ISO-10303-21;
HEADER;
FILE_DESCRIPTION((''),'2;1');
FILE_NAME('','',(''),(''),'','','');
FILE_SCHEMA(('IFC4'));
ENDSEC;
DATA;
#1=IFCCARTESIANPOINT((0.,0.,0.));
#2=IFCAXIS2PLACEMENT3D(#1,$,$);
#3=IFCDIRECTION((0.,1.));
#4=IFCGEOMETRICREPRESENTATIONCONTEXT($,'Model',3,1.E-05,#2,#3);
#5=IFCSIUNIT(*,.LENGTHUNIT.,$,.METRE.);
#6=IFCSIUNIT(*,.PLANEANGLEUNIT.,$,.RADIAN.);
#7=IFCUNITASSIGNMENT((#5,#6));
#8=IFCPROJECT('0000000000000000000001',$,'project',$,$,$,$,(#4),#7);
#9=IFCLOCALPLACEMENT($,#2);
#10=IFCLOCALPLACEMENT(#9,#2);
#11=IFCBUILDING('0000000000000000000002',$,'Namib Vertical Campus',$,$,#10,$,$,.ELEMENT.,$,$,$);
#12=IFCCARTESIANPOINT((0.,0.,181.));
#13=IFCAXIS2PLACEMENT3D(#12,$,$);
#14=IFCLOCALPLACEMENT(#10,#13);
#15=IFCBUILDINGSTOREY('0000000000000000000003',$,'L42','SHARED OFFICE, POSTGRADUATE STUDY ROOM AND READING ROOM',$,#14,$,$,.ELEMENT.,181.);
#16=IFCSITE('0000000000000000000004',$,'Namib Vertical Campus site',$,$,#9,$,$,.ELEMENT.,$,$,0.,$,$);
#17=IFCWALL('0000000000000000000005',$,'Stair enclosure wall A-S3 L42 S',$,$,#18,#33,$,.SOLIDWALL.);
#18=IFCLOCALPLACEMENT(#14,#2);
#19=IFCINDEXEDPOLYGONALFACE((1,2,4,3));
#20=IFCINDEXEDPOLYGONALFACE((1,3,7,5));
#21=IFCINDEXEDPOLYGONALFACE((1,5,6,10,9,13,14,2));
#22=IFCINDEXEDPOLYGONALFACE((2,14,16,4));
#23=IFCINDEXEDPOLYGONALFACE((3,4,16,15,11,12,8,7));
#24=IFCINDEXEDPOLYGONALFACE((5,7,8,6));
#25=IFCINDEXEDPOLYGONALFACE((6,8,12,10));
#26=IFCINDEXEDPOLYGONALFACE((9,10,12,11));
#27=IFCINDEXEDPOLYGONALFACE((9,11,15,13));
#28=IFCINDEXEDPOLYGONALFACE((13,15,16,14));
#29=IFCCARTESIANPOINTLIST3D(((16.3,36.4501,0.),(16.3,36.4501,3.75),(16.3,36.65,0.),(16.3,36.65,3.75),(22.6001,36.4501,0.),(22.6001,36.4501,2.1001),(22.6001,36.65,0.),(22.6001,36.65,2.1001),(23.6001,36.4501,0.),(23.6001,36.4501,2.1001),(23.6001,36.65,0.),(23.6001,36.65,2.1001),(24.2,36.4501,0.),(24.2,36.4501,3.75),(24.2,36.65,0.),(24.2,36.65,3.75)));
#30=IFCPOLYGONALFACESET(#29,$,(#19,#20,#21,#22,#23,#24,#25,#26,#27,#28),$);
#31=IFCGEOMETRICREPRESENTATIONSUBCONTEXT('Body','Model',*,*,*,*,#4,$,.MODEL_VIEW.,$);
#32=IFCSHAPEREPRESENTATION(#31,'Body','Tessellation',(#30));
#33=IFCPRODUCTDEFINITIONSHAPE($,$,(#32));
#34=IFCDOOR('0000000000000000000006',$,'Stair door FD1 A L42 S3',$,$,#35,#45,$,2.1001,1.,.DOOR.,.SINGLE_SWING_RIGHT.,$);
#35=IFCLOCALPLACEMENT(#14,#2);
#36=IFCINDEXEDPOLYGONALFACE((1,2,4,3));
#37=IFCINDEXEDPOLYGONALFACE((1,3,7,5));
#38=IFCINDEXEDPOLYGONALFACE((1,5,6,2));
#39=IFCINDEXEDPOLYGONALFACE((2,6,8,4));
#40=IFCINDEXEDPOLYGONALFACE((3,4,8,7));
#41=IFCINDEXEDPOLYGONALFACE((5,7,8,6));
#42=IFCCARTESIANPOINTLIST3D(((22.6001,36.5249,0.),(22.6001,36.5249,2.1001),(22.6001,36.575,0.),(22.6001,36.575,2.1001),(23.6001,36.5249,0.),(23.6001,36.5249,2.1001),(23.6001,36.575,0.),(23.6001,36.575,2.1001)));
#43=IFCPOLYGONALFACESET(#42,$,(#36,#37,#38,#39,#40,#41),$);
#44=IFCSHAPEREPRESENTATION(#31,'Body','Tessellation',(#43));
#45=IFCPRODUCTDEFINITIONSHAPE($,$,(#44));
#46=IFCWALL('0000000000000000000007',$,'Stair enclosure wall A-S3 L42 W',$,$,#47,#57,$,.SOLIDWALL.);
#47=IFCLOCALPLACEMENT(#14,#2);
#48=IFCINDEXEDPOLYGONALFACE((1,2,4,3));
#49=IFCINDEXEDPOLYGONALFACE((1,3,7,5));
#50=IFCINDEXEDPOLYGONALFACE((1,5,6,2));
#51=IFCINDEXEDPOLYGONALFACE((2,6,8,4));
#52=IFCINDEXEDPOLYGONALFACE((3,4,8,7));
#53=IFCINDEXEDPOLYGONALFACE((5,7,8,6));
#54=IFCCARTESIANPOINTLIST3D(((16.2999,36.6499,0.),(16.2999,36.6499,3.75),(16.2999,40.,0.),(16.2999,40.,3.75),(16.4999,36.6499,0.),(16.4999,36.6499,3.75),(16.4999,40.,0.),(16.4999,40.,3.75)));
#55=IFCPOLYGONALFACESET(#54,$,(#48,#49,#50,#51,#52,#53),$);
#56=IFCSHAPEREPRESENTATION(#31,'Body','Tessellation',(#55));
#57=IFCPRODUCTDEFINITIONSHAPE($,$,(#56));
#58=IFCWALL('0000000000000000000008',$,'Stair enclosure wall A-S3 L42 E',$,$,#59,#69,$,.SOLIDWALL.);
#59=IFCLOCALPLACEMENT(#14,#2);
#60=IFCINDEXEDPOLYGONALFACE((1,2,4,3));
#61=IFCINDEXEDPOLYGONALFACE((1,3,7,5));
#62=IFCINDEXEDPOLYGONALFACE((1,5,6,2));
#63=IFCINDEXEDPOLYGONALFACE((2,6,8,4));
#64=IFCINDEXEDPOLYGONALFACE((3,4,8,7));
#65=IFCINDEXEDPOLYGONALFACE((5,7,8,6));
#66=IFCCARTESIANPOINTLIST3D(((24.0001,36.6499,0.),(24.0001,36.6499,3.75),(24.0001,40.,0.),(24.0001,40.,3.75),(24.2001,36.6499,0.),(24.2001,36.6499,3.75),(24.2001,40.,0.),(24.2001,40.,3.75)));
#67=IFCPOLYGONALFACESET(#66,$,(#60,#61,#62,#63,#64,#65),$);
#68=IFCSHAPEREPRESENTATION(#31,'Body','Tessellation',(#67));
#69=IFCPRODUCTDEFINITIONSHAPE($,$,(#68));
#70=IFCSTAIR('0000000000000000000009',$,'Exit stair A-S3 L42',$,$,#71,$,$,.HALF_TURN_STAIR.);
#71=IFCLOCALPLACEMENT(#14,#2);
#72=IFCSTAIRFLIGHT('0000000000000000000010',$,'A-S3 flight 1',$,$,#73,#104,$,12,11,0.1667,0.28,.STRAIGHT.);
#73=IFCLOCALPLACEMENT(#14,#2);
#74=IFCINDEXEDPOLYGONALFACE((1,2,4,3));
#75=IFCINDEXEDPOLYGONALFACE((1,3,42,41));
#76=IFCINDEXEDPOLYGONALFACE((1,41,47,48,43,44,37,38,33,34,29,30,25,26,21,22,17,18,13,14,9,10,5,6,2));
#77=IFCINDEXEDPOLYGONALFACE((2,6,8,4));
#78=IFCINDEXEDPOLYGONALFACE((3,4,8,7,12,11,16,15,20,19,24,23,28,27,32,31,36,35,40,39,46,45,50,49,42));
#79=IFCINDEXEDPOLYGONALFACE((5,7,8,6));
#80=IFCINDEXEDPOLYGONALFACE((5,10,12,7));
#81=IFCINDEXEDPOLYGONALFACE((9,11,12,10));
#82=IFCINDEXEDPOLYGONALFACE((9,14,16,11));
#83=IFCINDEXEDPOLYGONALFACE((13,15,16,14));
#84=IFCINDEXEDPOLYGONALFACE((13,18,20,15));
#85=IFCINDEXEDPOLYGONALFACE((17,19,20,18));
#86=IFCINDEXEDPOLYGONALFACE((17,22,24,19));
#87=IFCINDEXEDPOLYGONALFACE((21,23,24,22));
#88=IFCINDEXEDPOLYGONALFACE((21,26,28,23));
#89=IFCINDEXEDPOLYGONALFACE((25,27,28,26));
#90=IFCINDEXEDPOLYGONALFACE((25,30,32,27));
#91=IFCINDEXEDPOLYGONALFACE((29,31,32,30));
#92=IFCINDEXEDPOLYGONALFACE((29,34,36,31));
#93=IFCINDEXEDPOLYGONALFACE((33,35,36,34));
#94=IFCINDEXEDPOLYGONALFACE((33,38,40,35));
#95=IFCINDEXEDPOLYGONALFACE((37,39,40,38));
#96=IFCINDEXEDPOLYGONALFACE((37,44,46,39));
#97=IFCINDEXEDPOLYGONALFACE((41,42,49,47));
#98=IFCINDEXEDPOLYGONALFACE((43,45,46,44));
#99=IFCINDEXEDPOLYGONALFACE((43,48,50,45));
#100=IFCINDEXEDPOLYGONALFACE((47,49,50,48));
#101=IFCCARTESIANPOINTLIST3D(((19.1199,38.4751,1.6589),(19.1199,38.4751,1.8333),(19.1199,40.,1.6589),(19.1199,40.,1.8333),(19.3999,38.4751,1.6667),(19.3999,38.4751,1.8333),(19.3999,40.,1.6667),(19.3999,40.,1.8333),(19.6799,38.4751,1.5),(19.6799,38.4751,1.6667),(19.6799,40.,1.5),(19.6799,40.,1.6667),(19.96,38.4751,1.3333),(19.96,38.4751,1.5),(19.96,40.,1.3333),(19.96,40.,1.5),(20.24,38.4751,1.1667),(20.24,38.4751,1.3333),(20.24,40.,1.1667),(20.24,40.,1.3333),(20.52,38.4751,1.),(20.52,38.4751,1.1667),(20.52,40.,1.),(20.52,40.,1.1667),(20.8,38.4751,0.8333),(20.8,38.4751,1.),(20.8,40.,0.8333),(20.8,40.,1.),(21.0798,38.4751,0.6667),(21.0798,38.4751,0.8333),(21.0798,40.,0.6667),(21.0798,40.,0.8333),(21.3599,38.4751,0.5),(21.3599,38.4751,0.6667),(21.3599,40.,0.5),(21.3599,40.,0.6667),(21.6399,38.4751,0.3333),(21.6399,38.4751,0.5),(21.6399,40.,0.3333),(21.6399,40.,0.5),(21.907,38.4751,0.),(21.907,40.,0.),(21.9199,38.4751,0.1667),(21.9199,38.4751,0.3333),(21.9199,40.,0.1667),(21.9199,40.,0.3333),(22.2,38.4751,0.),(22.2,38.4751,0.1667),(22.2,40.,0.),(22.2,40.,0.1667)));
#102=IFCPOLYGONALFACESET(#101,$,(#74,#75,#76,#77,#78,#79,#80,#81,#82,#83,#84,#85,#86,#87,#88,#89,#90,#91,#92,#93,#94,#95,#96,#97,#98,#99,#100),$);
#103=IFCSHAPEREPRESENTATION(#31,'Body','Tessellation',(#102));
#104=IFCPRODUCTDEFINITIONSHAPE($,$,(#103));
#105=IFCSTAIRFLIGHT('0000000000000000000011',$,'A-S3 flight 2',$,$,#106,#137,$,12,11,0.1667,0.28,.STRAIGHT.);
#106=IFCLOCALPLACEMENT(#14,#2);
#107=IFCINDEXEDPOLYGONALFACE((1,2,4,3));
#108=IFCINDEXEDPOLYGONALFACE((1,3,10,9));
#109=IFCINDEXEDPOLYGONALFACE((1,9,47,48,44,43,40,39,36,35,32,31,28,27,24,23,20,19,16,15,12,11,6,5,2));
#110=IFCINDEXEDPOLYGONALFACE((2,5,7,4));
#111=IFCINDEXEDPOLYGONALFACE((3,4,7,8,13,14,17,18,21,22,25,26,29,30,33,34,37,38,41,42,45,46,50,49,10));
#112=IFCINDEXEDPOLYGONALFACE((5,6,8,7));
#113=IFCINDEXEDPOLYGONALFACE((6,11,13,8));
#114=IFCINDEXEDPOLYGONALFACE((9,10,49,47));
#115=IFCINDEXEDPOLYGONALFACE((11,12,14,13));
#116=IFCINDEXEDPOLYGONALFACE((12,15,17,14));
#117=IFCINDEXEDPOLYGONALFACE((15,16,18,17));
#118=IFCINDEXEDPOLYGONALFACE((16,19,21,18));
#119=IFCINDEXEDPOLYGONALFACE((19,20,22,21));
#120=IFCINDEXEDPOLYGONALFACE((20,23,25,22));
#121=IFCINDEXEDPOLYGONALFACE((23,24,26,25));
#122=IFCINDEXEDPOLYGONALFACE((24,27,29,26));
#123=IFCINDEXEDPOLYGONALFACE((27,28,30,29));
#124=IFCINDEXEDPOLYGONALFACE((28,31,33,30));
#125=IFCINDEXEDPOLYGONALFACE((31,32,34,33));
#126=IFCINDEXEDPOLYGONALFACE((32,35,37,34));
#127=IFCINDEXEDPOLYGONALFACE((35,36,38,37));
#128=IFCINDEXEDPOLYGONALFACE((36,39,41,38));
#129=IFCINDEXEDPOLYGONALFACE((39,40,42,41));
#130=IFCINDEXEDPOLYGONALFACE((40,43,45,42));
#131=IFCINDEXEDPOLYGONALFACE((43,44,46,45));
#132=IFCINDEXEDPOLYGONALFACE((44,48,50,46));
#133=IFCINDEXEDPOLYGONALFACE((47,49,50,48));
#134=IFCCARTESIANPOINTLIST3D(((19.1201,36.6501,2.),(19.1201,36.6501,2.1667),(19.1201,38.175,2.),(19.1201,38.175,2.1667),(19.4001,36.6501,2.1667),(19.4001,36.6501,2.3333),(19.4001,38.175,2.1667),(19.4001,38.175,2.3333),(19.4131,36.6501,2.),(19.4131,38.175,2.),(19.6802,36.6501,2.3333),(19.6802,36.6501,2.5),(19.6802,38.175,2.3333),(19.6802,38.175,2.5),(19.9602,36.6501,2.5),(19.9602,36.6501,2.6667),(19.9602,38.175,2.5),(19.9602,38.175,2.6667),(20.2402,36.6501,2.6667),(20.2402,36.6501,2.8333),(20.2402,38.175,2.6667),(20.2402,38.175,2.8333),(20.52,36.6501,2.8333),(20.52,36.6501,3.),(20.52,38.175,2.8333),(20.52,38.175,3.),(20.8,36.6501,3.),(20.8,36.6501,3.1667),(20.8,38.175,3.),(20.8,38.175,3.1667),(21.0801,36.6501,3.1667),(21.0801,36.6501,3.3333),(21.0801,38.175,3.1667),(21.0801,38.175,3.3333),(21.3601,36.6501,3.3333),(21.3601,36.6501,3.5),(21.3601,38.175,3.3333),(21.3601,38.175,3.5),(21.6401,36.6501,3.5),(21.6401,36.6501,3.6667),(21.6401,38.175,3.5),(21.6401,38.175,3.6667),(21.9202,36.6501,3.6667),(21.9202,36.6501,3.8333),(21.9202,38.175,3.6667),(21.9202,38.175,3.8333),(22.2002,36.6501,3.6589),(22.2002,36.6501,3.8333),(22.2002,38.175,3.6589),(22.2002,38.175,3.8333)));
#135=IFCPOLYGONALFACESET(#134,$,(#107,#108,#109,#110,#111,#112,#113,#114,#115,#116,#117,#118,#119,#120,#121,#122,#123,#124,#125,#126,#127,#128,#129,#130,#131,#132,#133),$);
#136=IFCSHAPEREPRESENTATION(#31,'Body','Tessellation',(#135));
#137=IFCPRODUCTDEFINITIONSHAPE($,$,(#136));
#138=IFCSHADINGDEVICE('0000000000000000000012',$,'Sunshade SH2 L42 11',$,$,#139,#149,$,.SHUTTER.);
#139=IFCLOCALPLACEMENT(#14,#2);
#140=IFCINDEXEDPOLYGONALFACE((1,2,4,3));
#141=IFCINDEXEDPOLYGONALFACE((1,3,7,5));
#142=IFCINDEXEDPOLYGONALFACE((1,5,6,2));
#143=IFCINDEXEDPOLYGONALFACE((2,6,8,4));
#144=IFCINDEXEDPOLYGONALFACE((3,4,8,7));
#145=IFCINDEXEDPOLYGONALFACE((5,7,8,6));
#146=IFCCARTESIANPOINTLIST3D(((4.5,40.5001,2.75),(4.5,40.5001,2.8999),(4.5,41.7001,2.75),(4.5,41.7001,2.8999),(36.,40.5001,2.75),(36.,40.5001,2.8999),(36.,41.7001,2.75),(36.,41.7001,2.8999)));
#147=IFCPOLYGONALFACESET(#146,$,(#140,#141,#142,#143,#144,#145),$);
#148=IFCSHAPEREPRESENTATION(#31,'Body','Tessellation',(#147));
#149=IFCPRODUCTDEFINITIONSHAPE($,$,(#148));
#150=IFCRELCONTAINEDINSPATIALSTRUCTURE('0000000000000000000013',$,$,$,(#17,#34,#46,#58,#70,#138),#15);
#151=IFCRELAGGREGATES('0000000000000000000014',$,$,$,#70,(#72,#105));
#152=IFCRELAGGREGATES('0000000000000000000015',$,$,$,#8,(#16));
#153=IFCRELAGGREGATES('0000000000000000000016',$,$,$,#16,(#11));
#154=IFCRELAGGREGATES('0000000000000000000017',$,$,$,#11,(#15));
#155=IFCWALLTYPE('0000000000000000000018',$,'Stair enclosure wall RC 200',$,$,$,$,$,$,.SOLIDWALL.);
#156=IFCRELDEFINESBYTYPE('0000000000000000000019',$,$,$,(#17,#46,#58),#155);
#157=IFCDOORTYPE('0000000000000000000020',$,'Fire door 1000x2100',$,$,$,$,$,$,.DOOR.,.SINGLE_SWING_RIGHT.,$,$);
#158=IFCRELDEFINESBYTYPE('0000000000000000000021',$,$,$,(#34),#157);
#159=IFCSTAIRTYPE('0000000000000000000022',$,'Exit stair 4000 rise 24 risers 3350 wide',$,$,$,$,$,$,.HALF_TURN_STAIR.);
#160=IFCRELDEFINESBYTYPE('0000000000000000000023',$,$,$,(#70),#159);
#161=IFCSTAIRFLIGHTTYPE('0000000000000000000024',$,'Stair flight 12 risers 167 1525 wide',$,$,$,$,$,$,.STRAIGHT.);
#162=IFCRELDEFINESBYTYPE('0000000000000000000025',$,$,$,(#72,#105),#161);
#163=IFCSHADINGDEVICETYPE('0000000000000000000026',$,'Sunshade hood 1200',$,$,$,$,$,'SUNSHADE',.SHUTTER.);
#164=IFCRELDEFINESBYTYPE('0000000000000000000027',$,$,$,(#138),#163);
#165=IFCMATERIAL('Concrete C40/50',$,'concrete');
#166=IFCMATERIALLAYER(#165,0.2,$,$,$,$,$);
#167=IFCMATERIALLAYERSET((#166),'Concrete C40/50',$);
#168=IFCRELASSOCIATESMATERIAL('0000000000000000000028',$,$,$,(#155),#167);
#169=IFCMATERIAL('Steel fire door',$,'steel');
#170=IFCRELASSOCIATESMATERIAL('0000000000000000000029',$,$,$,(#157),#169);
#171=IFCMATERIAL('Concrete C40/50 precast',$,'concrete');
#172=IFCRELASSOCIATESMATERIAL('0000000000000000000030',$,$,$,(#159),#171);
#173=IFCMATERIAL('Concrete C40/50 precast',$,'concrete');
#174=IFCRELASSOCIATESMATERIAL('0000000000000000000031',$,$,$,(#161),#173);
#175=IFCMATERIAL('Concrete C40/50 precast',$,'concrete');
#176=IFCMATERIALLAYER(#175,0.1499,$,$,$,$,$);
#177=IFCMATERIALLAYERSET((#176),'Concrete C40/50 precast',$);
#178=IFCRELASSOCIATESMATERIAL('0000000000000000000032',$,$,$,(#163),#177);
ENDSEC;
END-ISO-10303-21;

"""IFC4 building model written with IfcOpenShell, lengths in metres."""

from ifc_helpers import new_model, si_unit, direction, frame, frame_2d, origin, origin_2d, place, context, subcontext, project, spatial, polyline, rectangle, outline, extrude, material, layer, layer_set, type_object, element, fill, aggregate, save


model = new_model("IFC4")

# Units and contexts
model_context = context("Model", 3, precision=1e-05, world=origin(), true_north=direction((0.0, 1.0)))
body_context = subcontext(model_context, "Body", "Model", "MODEL_VIEW")
ifc_project = project(units=[si_unit("LENGTHUNIT", "METRE"), si_unit("PLANEANGLEUNIT", "RADIAN")], contexts=[model_context])

# Site, building, storey
site_placement = place(None, origin())
site = spatial("IfcSite", under=ifc_project, at=site_placement, Name="Namib Vertical Campus site", CompositionType="ELEMENT", RefElevation=0.0)
building_placement = place(site_placement, origin())
building = spatial("IfcBuilding", under=site, at=building_placement, Name="Namib Vertical Campus", CompositionType="ELEMENT")
storey_placement = place(building_placement, frame((0.0, 0.0, 181.0)))
storey = spatial("IfcBuildingStorey", under=building, at=storey_placement, Name="L42", Description="SHARED OFFICE, POSTGRADUATE STUDY ROOM AND READING ROOM", CompositionType="ELEMENT", Elevation=181.0)

# Wall, opening, door
ifc_material_1 = material(Name="Concrete C40/50", Category="concrete")
ifc_layer_1 = layer(ifc_material_1, 0.2)
ifc_layer_set_1 = layer_set([ifc_layer_1], Name="Concrete C40/50")
wall_type_1 = type_object("IfcWallType", Name="Stair enclosure wall RC 200", PredefinedType="SOLIDWALL", material=ifc_layer_set_1)
wall_1_placement = place(storey_placement, frame((16.3, 36.55, 0.0), z_axis=(0.0, 0.0, 1.0), x_axis=(1.0, 0.0, 0.0)))
wall_1 = element("IfcWall", 1, at=wall_1_placement, inside=storey, type_object=wall_type_1, Name="Stair enclosure wall A-S3 L42 S", PredefinedType="SOLIDWALL", context=body_context, shape_type="SweptSolid", body=[
    extrude(rectangle(XDim=7.8999, YDim=0.2, at=frame_2d((3.95, 0.0))), origin(), (0.0, 0.0, 1.0), 3.75),
])
opening_placement = place(wall_1_placement, frame((6.3, 0.0, 0.0)))
opening = element("IfcOpeningElement", 2, at=opening_placement, cuts=wall_1, PredefinedType="OPENING", context=body_context, shape_type="SweptSolid", body=[
    extrude(rectangle(XDim=1.0, YDim=2.1001, at=frame_2d((0.5, 1.05))), frame((0.0, 0.1099, 0.0), z_axis=(0.0, -1.0, 0.0), x_axis=(1.0, 0.0, 0.0)), (0.0, 0.0, 1.0), 0.22),
])
ifc_material_2 = material(Name="Steel fire door", Category="steel")
door_type = type_object("IfcDoorType", Name="Fire door 1000x2100", OperationType="SINGLE_SWING_RIGHT", PredefinedType="DOOR", material=ifc_material_2)
door_placement = place(opening_placement, origin())
door = element("IfcDoor", 3, at=door_placement, inside=storey, type_object=door_type, Name="Stair door FD1 A L42 S3", OperationType="SINGLE_SWING_RIGHT", OverallHeight=2.1001, OverallWidth=1.0, PredefinedType="DOOR", context=body_context, shape_type="SweptSolid", body=[
    extrude(rectangle(XDim=1.0, YDim=2.1001, at=frame_2d((0.5, 1.05))), frame((0.0, 0.0249, 0.0), z_axis=(0.0, -1.0, 0.0), x_axis=(1.0, 0.0, 0.0)), (0.0, 0.0, 1.0), 0.05),
])
fill(opening, door)

# Walls
for number, where, z_axis, x_axis, name in (
    (4, (16.3999, 36.6499, 0.0), (0.0, 0.0, 1.0), (0.0, 1.0, 0.0), "Stair enclosure wall A-S3 L42 W"),
    (5, (24.1001, 36.6499, 0.0), (0.0, 0.0, 1.0), (0.0, 1.0, 0.0), "Stair enclosure wall A-S3 L42 E"),
):
    element("IfcWall", number, at=place(storey_placement, frame(where, z_axis=z_axis, x_axis=x_axis)), inside=storey, type_object=wall_type_1, Name=name, PredefinedType="SOLIDWALL", context=body_context, shape_type="SweptSolid", body=[
        extrude(rectangle(XDim=3.3501, YDim=0.2, at=frame_2d((1.675, 0.0))), origin(), (0.0, 0.0, 1.0), 3.75),
    ])

# Stair, stair flights
ifc_material_3 = material(Name="Concrete C40/50 precast", Category="concrete")
stair_type = type_object("IfcStairType", Name="Exit stair 4000 rise 24 risers 3350 wide", PredefinedType="HALF_TURN_STAIR", material=ifc_material_3)
stair_placement = place(storey_placement, origin())
stair = element("IfcStair", 6, at=stair_placement, inside=storey, type_object=stair_type, Name="Exit stair A-S3 L42", PredefinedType="HALF_TURN_STAIR")
ifc_material_4 = material(Name="Concrete C40/50 precast", Category="concrete")
stair_flight_type = type_object("IfcStairFlightType", Name="Stair flight 12 risers 167 1525 wide", PredefinedType="STRAIGHT", material=ifc_material_4)
stair_flight_1_placement = place(storey_placement, frame((22.2, 39.2375, 0.0), z_axis=(0.0, 0.0, 1.0), x_axis=(-1.0, 0.0, 0.0)))
stair_flight_1 = element("IfcStairFlight", 7, at=stair_flight_1_placement, type_object=stair_flight_type, Name="A-S3 flight 1", NumberOfRisers=12, NumberOfTreads=11, PredefinedType="STRAIGHT", RiserHeight=0.1667, TreadLength=0.28, context=body_context, shape_type="SweptSolid", body=[
    extrude(outline(polyline([(0.0, 0.0), (0.0, 0.1667), (0.28, 0.1667), (0.28, 0.3333), (0.5601, 0.3333), (0.5601, 0.5), (0.8401, 0.5), (0.8401, 0.6667), (1.1201, 0.6667), (1.1201, 0.8333), (1.3999, 0.8333), (1.3999, 1.0), (1.6799, 1.0), (1.6799, 1.1667), (1.96, 1.1667), (1.96, 1.3333), (2.24, 1.3333), (2.24, 1.5), (2.52, 1.5), (2.52, 1.6667), (2.8, 1.6667), (2.8, 1.8333), (3.0801, 1.8333), (3.0801, 2.0), (3.0801, 1.6589), (0.293, 0.0), (0.0, 0.0)])), frame((0.0, 0.7625, 0.0), z_axis=(0.0, -1.0, 0.0), x_axis=(1.0, 0.0, 0.0)), (0.0, 0.0, 1.0), 1.5249),
])
stair_flight_2_placement = place(storey_placement, frame((19.1201, 37.4126, 2.0), z_axis=(0.0, 0.0, 1.0), x_axis=(1.0, 0.0, 0.0)))
stair_flight_2 = element("IfcStairFlight", 8, at=stair_flight_2_placement, type_object=stair_flight_type, Name="A-S3 flight 2", NumberOfRisers=12, NumberOfTreads=11, PredefinedType="STRAIGHT", RiserHeight=0.1667, TreadLength=0.28, context=body_context, shape_type="SweptSolid", body=[
    extrude(outline(polyline([(0.0, 0.0), (0.0, 0.1667), (0.28, 0.1667), (0.28, 0.3333), (0.5601, 0.3333), (0.5601, 0.5), (0.8401, 0.5), (0.8401, 0.6667), (1.1201, 0.6667), (1.1201, 0.8333), (1.3999, 0.8333), (1.3999, 1.0), (1.6799, 1.0), (1.6799, 1.1667), (1.96, 1.1667), (1.96, 1.3333), (2.24, 1.3333), (2.24, 1.5), (2.52, 1.5), (2.52, 1.6667), (2.8, 1.6667), (2.8, 1.8333), (3.0801, 1.8333), (3.0801, 2.0), (3.0801, 1.6589), (0.293, 0.0), (0.0, 0.0)])), frame((0.0, 0.7625, 0.0), z_axis=(0.0, -1.0, 0.0), x_axis=(1.0, 0.0, 0.0)), (0.0, 0.0, 1.0), 1.5249),
])
aggregate(stair, [stair_flight_1, stair_flight_2])

# Shading device
ifc_material_5 = material(Name="Concrete C40/50 precast", Category="concrete")
ifc_layer_2 = layer(ifc_material_5, 0.1499)
ifc_layer_set_2 = layer_set([ifc_layer_2], Name="Concrete C40/50 precast")
shading_device_type = type_object("IfcShadingDeviceType", Name="Sunshade hood 1200", ElementType="SUNSHADE", PredefinedType="SHUTTER", material=ifc_layer_set_2)
shading_device_placement = place(storey_placement, frame((20.25, 41.1001, 2.75), z_axis=(0.0, 0.0, 1.0), x_axis=(-1.0, 0.0, 0.0)))
element("IfcShadingDevice", 9, at=shading_device_placement, inside=storey, type_object=shading_device_type, Name="Sunshade SH2 L42 11", PredefinedType="SHUTTER", context=body_context, shape_type="SweptSolid", body=[
    extrude(rectangle(XDim=31.5, YDim=1.2, at=origin_2d()), origin(), (0.0, 0.0, 1.0), 0.1499),
])

save(model, "model.ifc")
